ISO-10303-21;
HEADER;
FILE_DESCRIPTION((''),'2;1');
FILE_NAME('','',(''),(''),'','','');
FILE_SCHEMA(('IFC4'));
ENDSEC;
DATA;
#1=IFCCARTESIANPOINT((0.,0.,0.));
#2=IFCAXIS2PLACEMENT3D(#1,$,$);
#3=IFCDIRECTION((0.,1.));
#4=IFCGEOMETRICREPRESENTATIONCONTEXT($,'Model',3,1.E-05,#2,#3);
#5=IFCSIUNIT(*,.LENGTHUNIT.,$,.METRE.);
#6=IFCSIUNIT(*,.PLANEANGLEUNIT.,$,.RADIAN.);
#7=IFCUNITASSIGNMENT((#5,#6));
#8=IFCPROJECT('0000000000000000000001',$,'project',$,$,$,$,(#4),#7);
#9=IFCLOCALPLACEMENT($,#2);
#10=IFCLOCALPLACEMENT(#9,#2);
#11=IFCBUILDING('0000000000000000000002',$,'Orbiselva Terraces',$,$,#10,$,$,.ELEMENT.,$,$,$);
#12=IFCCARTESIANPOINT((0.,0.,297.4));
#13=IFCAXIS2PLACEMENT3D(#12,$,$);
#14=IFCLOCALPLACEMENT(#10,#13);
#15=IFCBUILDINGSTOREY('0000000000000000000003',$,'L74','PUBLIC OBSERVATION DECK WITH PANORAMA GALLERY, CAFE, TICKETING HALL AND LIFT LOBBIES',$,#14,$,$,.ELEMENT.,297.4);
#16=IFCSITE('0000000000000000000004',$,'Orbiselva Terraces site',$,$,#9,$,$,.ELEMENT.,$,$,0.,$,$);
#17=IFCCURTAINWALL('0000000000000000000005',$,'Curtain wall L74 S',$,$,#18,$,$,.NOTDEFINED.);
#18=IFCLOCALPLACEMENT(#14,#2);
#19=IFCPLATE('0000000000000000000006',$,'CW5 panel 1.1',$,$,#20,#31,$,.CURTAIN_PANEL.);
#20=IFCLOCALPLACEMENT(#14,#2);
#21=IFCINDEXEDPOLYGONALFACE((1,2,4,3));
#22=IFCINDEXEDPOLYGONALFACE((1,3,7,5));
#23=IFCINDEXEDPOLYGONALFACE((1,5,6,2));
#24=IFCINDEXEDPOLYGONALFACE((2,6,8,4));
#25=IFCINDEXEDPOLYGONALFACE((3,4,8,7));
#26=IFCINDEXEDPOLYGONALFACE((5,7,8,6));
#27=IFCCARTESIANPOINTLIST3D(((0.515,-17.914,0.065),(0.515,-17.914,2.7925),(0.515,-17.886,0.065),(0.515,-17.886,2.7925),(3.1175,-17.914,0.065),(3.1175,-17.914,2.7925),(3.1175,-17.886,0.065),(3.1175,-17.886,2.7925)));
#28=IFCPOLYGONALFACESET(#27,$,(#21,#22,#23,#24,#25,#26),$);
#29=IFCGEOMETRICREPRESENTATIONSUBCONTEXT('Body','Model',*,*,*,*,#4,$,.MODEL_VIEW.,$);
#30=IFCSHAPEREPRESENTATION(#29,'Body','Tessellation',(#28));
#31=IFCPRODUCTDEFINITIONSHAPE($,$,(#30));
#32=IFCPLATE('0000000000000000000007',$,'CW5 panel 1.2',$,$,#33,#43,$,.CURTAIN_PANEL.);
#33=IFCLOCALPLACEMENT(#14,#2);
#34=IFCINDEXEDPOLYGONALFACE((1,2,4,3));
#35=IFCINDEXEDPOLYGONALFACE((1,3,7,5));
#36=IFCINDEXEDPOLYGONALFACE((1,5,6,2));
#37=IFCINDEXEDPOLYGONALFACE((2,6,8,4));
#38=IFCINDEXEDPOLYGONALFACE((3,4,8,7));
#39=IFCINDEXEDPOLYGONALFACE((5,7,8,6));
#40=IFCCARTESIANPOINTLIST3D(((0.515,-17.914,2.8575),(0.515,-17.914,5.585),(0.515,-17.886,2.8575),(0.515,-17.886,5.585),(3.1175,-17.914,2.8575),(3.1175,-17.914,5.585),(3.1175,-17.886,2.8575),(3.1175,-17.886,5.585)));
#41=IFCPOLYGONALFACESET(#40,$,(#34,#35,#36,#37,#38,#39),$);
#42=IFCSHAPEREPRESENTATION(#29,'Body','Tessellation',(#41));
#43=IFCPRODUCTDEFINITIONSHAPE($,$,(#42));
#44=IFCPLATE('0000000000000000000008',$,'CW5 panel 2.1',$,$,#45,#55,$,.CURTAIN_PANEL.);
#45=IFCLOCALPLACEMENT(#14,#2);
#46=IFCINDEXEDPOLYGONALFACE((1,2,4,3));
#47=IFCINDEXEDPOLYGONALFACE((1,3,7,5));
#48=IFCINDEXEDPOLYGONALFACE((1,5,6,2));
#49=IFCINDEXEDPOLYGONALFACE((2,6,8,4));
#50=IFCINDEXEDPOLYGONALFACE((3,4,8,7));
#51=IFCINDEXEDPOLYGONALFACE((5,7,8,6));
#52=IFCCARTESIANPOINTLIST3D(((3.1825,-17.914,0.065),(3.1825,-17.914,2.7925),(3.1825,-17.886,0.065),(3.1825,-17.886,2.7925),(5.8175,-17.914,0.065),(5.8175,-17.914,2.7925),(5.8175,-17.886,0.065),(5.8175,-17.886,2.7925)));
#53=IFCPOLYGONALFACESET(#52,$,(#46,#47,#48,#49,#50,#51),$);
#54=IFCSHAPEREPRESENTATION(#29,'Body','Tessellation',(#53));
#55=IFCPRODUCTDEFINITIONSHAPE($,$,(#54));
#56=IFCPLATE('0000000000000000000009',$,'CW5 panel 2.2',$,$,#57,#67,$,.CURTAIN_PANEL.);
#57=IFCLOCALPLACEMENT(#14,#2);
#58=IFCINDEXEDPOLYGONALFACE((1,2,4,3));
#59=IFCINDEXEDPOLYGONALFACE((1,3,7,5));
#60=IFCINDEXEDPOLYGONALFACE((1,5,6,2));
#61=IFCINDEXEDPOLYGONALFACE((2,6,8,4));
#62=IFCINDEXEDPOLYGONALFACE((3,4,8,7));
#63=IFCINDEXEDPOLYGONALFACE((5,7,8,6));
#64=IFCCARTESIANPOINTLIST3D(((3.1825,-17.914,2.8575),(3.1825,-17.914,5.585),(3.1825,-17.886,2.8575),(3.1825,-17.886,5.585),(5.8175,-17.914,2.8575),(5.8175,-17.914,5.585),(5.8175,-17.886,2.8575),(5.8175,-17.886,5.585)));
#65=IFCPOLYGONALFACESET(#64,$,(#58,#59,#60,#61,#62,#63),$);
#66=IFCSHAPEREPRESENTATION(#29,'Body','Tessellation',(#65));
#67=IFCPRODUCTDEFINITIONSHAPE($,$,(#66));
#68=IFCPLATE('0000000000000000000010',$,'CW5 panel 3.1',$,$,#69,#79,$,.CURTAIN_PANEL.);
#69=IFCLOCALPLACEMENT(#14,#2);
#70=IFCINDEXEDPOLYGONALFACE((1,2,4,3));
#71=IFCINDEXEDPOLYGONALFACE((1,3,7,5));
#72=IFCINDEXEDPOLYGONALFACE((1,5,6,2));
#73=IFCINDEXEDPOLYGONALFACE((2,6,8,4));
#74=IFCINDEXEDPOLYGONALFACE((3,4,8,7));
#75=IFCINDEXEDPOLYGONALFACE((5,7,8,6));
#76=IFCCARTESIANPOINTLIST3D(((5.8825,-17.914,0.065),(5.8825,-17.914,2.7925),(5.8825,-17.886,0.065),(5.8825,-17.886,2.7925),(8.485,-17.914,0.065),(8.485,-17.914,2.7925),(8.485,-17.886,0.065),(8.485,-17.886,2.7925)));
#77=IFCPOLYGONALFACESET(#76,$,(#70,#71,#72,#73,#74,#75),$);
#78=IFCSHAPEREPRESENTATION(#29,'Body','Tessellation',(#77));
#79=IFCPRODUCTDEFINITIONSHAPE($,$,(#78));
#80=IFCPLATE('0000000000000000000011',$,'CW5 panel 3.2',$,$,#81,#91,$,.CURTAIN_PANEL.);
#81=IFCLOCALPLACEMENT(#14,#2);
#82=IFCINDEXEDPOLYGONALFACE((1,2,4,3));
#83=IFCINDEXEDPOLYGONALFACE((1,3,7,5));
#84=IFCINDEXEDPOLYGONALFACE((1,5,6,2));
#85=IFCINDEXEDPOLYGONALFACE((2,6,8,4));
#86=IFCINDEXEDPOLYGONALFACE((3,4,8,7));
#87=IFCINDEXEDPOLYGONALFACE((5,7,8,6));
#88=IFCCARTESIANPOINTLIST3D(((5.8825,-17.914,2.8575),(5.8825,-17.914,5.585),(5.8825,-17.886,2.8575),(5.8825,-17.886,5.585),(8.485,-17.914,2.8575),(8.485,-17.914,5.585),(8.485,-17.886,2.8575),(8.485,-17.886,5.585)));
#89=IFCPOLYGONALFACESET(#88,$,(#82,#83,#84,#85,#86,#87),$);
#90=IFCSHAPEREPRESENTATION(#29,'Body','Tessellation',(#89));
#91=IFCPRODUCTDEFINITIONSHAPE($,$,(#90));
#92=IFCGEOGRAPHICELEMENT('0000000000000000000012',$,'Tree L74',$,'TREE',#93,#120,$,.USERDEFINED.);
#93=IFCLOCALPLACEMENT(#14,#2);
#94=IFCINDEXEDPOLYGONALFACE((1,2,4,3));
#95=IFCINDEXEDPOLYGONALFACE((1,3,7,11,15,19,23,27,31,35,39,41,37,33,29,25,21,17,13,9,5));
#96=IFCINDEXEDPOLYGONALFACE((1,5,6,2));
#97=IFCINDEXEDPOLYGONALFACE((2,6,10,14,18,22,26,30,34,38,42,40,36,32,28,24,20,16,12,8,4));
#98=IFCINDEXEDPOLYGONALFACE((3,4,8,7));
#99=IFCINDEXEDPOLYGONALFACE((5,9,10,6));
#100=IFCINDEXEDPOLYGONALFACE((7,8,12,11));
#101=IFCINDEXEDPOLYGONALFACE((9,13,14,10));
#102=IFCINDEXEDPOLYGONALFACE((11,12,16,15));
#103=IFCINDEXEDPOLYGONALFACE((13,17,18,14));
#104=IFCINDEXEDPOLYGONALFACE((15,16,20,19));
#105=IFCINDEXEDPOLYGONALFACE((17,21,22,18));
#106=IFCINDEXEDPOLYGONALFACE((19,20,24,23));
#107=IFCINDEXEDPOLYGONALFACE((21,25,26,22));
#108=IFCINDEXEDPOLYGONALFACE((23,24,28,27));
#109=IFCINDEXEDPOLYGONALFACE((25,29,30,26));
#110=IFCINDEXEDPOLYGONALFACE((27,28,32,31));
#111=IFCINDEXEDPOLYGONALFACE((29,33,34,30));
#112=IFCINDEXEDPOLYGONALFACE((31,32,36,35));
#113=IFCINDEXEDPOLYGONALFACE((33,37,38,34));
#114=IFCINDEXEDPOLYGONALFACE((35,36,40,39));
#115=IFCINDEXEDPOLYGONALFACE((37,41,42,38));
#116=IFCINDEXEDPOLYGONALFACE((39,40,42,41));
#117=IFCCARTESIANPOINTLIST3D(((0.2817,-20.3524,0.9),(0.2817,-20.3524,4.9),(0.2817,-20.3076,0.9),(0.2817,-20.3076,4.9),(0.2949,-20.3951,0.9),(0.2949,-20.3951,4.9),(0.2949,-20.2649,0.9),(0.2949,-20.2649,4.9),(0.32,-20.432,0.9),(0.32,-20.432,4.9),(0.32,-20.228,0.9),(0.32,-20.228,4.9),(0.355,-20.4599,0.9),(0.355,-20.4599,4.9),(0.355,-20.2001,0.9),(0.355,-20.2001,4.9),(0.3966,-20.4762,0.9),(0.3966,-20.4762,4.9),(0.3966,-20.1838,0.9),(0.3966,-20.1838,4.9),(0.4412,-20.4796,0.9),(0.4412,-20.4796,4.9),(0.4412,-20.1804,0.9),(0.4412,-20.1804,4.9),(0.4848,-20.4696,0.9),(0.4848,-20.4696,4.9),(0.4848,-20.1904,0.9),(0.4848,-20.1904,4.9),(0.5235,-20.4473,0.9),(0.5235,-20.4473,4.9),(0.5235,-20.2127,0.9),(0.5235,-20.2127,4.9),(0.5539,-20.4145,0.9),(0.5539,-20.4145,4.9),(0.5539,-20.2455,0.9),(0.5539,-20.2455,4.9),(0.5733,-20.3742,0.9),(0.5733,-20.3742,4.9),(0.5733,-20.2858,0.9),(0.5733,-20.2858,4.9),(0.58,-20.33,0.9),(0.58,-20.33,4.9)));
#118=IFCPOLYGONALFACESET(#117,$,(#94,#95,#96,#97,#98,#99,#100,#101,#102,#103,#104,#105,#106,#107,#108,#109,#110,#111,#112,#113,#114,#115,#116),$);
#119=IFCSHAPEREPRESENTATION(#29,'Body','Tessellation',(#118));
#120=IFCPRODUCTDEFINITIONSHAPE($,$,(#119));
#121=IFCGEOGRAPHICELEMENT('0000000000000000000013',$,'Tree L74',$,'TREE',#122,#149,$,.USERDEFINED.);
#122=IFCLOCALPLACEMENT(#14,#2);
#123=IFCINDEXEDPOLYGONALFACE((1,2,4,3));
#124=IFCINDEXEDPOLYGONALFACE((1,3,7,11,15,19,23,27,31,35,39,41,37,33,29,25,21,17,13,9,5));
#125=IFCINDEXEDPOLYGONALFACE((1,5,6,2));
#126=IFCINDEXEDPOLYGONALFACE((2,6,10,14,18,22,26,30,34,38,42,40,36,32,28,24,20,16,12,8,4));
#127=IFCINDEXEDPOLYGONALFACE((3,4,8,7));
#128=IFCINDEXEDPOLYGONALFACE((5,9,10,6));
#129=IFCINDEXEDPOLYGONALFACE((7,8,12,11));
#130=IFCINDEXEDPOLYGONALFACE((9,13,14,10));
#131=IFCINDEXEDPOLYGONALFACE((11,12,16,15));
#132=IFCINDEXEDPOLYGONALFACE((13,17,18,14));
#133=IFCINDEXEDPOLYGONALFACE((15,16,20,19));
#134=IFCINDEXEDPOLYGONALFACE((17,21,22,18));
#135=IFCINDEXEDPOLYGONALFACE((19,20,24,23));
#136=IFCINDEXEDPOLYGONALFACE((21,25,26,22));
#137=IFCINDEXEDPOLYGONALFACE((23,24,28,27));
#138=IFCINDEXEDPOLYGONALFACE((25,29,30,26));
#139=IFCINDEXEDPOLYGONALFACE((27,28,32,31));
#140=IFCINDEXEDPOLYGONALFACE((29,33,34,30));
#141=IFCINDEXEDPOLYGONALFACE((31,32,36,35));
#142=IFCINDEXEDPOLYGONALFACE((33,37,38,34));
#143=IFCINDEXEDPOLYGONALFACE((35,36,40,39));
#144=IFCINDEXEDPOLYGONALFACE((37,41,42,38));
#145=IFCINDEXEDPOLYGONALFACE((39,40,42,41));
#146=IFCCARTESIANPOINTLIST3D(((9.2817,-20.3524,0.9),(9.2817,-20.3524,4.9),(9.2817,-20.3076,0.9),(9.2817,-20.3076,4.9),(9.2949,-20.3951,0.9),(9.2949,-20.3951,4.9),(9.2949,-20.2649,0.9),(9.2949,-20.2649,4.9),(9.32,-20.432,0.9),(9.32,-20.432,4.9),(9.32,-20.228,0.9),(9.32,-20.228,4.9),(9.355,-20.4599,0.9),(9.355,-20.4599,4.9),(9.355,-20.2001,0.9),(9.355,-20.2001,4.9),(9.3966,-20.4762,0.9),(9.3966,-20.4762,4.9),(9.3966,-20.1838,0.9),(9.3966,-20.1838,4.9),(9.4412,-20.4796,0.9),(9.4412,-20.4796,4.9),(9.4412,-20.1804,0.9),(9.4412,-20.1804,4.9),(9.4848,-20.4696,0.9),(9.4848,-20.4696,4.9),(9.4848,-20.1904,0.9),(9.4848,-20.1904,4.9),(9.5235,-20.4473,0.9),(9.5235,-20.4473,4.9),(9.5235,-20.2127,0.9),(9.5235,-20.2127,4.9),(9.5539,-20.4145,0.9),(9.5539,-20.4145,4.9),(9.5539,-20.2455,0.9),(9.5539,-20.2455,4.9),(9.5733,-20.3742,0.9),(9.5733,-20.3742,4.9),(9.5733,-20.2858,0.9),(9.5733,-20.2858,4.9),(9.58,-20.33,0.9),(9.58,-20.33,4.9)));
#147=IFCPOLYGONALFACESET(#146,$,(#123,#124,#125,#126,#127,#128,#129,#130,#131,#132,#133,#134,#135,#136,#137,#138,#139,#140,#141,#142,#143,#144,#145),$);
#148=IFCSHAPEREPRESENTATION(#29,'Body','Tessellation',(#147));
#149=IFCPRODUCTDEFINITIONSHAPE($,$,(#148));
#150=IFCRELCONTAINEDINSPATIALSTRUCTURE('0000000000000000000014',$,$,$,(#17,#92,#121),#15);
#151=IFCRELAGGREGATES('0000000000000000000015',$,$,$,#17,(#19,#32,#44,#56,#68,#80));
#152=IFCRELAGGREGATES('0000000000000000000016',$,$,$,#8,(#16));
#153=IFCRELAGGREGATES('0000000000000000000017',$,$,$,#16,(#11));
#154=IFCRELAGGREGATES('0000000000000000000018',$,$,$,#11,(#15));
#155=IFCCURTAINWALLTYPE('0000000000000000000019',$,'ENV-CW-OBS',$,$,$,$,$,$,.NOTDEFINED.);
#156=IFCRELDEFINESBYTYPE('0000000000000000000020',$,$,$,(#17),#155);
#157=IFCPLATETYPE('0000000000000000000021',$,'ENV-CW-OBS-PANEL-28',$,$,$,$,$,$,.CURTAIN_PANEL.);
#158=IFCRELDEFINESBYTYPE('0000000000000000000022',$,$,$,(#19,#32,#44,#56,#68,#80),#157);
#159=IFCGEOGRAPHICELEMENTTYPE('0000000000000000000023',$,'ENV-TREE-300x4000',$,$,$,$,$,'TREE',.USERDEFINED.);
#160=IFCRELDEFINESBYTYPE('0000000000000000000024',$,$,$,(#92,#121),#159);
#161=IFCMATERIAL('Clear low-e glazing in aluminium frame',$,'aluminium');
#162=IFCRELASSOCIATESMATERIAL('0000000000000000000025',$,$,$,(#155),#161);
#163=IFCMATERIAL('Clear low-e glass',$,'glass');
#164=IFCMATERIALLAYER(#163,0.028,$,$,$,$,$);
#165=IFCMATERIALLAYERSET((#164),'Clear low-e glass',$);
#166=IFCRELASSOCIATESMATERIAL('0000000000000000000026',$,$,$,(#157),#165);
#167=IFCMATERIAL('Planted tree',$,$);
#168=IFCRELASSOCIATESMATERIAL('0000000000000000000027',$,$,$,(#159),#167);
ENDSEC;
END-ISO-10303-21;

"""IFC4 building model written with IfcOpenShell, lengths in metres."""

from ifc_helpers import new_model, si_unit, direction, frame, origin, origin_2d, place, context, subcontext, project, spatial, rectangle, circle, extrude, material, layer, layer_set, type_object, element, aggregate, save


model = new_model("IFC4")

# Units and contexts
model_context = context("Model", 3, precision=1e-05, world=origin(), true_north=direction((0.0, 1.0)))
body_context = subcontext(model_context, "Body", "Model", "MODEL_VIEW")
ifc_project = project(units=[si_unit("LENGTHUNIT", "METRE"), si_unit("PLANEANGLEUNIT", "RADIAN")], contexts=[model_context])

# Site, building, storey
site_placement = place(None, origin())
site = spatial("IfcSite", under=ifc_project, at=site_placement, Name="Orbiselva Terraces site", CompositionType="ELEMENT", RefElevation=0.0)
building_placement = place(site_placement, origin())
building = spatial("IfcBuilding", under=site, at=building_placement, Name="Orbiselva Terraces", CompositionType="ELEMENT")
storey_placement = place(building_placement, frame((0.0, 0.0, 297.4)))
storey = spatial("IfcBuildingStorey", under=building, at=storey_placement, Name="L74", Description="PUBLIC OBSERVATION DECK WITH PANORAMA GALLERY, CAFE, TICKETING HALL AND LIFT LOBBIES", CompositionType="ELEMENT", Elevation=297.4)

# Curtain wall
ifc_material_1 = material(Name="Clear low-e glazing in aluminium frame", Category="aluminium")
curtain_wall_type = type_object("IfcCurtainWallType", Name="ENV-CW-OBS", PredefinedType="NOTDEFINED", material=ifc_material_1)
curtain_wall_1_placement = place(storey_placement, origin())
curtain_wall_1 = element("IfcCurtainWall", 1, at=curtain_wall_1_placement, inside=storey, type_object=curtain_wall_type, Name="Curtain wall L74 S", PredefinedType="NOTDEFINED")

# Plates
ifc_material_2 = material(Name="Clear low-e glass", Category="glass")
ifc_layer = layer(ifc_material_2, 0.028)
ifc_layer_set = layer_set([ifc_layer], Name="Clear low-e glass")
plate_type = type_object("IfcPlateType", Name="ENV-CW-OBS-PANEL-28", PredefinedType="CURTAIN_PANEL", material=ifc_layer_set)
plate_1_placement = place(storey_placement, frame((1.8162, -17.9, 0.065), z_axis=(0.0, 0.0, 1.0), x_axis=(1.0, 0.0, 0.0)))
plate_1 = element("IfcPlate", 2, at=plate_1_placement, type_object=plate_type, Name="CW5 panel 1.1", PredefinedType="CURTAIN_PANEL", context=body_context, shape_type="SweptSolid", body=[
    extrude(rectangle(XDim=2.6025, YDim=0.028, at=origin_2d()), origin(), (0.0, 0.0, 1.0), 2.7275),
])
plate_2_placement = place(storey_placement, frame((1.8162, -17.9, 2.8575), z_axis=(0.0, 0.0, 1.0), x_axis=(1.0, 0.0, 0.0)))
plate_2 = element("IfcPlate", 3, at=plate_2_placement, type_object=plate_type, Name="CW5 panel 1.2", PredefinedType="CURTAIN_PANEL", context=body_context, shape_type="SweptSolid", body=[
    extrude(rectangle(XDim=2.6025, YDim=0.028, at=origin_2d()), origin(), (0.0, 0.0, 1.0), 2.7275),
])
plate_3_placement = place(storey_placement, frame((4.5, -17.9, 0.065), z_axis=(0.0, 0.0, 1.0), x_axis=(1.0, 0.0, 0.0)))
plate_3 = element("IfcPlate", 4, at=plate_3_placement, type_object=plate_type, Name="CW5 panel 2.1", PredefinedType="CURTAIN_PANEL", context=body_context, shape_type="SweptSolid", body=[
    extrude(rectangle(XDim=2.635, YDim=0.028, at=origin_2d()), origin(), (0.0, 0.0, 1.0), 2.7275),
])
plate_4_placement = place(storey_placement, frame((4.5, -17.9, 2.8575), z_axis=(0.0, 0.0, 1.0), x_axis=(1.0, 0.0, 0.0)))
plate_4 = element("IfcPlate", 5, at=plate_4_placement, type_object=plate_type, Name="CW5 panel 2.2", PredefinedType="CURTAIN_PANEL", context=body_context, shape_type="SweptSolid", body=[
    extrude(rectangle(XDim=2.635, YDim=0.028, at=origin_2d()), origin(), (0.0, 0.0, 1.0), 2.7275),
])
plate_5_placement = place(storey_placement, frame((7.1837, -17.9, 0.065), z_axis=(0.0, 0.0, 1.0), x_axis=(1.0, 0.0, 0.0)))
plate_5 = element("IfcPlate", 6, at=plate_5_placement, type_object=plate_type, Name="CW5 panel 3.1", PredefinedType="CURTAIN_PANEL", context=body_context, shape_type="SweptSolid", body=[
    extrude(rectangle(XDim=2.6025, YDim=0.028, at=origin_2d()), origin(), (0.0, 0.0, 1.0), 2.7275),
])
plate_6_placement = place(storey_placement, frame((7.1837, -17.9, 2.8575), z_axis=(0.0, 0.0, 1.0), x_axis=(1.0, 0.0, 0.0)))
plate_6 = element("IfcPlate", 7, at=plate_6_placement, type_object=plate_type, Name="CW5 panel 3.2", PredefinedType="CURTAIN_PANEL", context=body_context, shape_type="SweptSolid", body=[
    extrude(rectangle(XDim=2.6025, YDim=0.028, at=origin_2d()), origin(), (0.0, 0.0, 1.0), 2.7275),
])
aggregate(curtain_wall_1, [plate_1, plate_2, plate_3, plate_4, plate_5, plate_6])

# Geographic elements
ifc_material_3 = material(Name="Planted tree")
geographic_element_type = type_object("IfcGeographicElementType", Name="ENV-TREE-300x4000", ElementType="TREE", PredefinedType="USERDEFINED", material=ifc_material_3)
for number, where, z_axis, x_axis, name in (
    (8, (0.43, -20.33, 4.9), (0.0, 0.0, -1.0), (1.0, 0.0, 0.0), "Tree L74"),
    (9, (9.43, -20.33, 4.9), (0.0, 0.0, -1.0), (1.0, 0.0, 0.0), "Tree L74"),
):
    element("IfcGeographicElement", number, at=place(storey_placement, frame(where, z_axis=z_axis, x_axis=x_axis)), inside=storey, type_object=geographic_element_type, Name=name, ObjectType="TREE", PredefinedType="USERDEFINED", context=body_context, shape_type="SweptSolid", body=[
        extrude(circle(Radius=0.15, at=origin_2d()), origin(), (0.0, 0.0, 1.0), 4.0),
    ])

save(model, "model.ifc")
